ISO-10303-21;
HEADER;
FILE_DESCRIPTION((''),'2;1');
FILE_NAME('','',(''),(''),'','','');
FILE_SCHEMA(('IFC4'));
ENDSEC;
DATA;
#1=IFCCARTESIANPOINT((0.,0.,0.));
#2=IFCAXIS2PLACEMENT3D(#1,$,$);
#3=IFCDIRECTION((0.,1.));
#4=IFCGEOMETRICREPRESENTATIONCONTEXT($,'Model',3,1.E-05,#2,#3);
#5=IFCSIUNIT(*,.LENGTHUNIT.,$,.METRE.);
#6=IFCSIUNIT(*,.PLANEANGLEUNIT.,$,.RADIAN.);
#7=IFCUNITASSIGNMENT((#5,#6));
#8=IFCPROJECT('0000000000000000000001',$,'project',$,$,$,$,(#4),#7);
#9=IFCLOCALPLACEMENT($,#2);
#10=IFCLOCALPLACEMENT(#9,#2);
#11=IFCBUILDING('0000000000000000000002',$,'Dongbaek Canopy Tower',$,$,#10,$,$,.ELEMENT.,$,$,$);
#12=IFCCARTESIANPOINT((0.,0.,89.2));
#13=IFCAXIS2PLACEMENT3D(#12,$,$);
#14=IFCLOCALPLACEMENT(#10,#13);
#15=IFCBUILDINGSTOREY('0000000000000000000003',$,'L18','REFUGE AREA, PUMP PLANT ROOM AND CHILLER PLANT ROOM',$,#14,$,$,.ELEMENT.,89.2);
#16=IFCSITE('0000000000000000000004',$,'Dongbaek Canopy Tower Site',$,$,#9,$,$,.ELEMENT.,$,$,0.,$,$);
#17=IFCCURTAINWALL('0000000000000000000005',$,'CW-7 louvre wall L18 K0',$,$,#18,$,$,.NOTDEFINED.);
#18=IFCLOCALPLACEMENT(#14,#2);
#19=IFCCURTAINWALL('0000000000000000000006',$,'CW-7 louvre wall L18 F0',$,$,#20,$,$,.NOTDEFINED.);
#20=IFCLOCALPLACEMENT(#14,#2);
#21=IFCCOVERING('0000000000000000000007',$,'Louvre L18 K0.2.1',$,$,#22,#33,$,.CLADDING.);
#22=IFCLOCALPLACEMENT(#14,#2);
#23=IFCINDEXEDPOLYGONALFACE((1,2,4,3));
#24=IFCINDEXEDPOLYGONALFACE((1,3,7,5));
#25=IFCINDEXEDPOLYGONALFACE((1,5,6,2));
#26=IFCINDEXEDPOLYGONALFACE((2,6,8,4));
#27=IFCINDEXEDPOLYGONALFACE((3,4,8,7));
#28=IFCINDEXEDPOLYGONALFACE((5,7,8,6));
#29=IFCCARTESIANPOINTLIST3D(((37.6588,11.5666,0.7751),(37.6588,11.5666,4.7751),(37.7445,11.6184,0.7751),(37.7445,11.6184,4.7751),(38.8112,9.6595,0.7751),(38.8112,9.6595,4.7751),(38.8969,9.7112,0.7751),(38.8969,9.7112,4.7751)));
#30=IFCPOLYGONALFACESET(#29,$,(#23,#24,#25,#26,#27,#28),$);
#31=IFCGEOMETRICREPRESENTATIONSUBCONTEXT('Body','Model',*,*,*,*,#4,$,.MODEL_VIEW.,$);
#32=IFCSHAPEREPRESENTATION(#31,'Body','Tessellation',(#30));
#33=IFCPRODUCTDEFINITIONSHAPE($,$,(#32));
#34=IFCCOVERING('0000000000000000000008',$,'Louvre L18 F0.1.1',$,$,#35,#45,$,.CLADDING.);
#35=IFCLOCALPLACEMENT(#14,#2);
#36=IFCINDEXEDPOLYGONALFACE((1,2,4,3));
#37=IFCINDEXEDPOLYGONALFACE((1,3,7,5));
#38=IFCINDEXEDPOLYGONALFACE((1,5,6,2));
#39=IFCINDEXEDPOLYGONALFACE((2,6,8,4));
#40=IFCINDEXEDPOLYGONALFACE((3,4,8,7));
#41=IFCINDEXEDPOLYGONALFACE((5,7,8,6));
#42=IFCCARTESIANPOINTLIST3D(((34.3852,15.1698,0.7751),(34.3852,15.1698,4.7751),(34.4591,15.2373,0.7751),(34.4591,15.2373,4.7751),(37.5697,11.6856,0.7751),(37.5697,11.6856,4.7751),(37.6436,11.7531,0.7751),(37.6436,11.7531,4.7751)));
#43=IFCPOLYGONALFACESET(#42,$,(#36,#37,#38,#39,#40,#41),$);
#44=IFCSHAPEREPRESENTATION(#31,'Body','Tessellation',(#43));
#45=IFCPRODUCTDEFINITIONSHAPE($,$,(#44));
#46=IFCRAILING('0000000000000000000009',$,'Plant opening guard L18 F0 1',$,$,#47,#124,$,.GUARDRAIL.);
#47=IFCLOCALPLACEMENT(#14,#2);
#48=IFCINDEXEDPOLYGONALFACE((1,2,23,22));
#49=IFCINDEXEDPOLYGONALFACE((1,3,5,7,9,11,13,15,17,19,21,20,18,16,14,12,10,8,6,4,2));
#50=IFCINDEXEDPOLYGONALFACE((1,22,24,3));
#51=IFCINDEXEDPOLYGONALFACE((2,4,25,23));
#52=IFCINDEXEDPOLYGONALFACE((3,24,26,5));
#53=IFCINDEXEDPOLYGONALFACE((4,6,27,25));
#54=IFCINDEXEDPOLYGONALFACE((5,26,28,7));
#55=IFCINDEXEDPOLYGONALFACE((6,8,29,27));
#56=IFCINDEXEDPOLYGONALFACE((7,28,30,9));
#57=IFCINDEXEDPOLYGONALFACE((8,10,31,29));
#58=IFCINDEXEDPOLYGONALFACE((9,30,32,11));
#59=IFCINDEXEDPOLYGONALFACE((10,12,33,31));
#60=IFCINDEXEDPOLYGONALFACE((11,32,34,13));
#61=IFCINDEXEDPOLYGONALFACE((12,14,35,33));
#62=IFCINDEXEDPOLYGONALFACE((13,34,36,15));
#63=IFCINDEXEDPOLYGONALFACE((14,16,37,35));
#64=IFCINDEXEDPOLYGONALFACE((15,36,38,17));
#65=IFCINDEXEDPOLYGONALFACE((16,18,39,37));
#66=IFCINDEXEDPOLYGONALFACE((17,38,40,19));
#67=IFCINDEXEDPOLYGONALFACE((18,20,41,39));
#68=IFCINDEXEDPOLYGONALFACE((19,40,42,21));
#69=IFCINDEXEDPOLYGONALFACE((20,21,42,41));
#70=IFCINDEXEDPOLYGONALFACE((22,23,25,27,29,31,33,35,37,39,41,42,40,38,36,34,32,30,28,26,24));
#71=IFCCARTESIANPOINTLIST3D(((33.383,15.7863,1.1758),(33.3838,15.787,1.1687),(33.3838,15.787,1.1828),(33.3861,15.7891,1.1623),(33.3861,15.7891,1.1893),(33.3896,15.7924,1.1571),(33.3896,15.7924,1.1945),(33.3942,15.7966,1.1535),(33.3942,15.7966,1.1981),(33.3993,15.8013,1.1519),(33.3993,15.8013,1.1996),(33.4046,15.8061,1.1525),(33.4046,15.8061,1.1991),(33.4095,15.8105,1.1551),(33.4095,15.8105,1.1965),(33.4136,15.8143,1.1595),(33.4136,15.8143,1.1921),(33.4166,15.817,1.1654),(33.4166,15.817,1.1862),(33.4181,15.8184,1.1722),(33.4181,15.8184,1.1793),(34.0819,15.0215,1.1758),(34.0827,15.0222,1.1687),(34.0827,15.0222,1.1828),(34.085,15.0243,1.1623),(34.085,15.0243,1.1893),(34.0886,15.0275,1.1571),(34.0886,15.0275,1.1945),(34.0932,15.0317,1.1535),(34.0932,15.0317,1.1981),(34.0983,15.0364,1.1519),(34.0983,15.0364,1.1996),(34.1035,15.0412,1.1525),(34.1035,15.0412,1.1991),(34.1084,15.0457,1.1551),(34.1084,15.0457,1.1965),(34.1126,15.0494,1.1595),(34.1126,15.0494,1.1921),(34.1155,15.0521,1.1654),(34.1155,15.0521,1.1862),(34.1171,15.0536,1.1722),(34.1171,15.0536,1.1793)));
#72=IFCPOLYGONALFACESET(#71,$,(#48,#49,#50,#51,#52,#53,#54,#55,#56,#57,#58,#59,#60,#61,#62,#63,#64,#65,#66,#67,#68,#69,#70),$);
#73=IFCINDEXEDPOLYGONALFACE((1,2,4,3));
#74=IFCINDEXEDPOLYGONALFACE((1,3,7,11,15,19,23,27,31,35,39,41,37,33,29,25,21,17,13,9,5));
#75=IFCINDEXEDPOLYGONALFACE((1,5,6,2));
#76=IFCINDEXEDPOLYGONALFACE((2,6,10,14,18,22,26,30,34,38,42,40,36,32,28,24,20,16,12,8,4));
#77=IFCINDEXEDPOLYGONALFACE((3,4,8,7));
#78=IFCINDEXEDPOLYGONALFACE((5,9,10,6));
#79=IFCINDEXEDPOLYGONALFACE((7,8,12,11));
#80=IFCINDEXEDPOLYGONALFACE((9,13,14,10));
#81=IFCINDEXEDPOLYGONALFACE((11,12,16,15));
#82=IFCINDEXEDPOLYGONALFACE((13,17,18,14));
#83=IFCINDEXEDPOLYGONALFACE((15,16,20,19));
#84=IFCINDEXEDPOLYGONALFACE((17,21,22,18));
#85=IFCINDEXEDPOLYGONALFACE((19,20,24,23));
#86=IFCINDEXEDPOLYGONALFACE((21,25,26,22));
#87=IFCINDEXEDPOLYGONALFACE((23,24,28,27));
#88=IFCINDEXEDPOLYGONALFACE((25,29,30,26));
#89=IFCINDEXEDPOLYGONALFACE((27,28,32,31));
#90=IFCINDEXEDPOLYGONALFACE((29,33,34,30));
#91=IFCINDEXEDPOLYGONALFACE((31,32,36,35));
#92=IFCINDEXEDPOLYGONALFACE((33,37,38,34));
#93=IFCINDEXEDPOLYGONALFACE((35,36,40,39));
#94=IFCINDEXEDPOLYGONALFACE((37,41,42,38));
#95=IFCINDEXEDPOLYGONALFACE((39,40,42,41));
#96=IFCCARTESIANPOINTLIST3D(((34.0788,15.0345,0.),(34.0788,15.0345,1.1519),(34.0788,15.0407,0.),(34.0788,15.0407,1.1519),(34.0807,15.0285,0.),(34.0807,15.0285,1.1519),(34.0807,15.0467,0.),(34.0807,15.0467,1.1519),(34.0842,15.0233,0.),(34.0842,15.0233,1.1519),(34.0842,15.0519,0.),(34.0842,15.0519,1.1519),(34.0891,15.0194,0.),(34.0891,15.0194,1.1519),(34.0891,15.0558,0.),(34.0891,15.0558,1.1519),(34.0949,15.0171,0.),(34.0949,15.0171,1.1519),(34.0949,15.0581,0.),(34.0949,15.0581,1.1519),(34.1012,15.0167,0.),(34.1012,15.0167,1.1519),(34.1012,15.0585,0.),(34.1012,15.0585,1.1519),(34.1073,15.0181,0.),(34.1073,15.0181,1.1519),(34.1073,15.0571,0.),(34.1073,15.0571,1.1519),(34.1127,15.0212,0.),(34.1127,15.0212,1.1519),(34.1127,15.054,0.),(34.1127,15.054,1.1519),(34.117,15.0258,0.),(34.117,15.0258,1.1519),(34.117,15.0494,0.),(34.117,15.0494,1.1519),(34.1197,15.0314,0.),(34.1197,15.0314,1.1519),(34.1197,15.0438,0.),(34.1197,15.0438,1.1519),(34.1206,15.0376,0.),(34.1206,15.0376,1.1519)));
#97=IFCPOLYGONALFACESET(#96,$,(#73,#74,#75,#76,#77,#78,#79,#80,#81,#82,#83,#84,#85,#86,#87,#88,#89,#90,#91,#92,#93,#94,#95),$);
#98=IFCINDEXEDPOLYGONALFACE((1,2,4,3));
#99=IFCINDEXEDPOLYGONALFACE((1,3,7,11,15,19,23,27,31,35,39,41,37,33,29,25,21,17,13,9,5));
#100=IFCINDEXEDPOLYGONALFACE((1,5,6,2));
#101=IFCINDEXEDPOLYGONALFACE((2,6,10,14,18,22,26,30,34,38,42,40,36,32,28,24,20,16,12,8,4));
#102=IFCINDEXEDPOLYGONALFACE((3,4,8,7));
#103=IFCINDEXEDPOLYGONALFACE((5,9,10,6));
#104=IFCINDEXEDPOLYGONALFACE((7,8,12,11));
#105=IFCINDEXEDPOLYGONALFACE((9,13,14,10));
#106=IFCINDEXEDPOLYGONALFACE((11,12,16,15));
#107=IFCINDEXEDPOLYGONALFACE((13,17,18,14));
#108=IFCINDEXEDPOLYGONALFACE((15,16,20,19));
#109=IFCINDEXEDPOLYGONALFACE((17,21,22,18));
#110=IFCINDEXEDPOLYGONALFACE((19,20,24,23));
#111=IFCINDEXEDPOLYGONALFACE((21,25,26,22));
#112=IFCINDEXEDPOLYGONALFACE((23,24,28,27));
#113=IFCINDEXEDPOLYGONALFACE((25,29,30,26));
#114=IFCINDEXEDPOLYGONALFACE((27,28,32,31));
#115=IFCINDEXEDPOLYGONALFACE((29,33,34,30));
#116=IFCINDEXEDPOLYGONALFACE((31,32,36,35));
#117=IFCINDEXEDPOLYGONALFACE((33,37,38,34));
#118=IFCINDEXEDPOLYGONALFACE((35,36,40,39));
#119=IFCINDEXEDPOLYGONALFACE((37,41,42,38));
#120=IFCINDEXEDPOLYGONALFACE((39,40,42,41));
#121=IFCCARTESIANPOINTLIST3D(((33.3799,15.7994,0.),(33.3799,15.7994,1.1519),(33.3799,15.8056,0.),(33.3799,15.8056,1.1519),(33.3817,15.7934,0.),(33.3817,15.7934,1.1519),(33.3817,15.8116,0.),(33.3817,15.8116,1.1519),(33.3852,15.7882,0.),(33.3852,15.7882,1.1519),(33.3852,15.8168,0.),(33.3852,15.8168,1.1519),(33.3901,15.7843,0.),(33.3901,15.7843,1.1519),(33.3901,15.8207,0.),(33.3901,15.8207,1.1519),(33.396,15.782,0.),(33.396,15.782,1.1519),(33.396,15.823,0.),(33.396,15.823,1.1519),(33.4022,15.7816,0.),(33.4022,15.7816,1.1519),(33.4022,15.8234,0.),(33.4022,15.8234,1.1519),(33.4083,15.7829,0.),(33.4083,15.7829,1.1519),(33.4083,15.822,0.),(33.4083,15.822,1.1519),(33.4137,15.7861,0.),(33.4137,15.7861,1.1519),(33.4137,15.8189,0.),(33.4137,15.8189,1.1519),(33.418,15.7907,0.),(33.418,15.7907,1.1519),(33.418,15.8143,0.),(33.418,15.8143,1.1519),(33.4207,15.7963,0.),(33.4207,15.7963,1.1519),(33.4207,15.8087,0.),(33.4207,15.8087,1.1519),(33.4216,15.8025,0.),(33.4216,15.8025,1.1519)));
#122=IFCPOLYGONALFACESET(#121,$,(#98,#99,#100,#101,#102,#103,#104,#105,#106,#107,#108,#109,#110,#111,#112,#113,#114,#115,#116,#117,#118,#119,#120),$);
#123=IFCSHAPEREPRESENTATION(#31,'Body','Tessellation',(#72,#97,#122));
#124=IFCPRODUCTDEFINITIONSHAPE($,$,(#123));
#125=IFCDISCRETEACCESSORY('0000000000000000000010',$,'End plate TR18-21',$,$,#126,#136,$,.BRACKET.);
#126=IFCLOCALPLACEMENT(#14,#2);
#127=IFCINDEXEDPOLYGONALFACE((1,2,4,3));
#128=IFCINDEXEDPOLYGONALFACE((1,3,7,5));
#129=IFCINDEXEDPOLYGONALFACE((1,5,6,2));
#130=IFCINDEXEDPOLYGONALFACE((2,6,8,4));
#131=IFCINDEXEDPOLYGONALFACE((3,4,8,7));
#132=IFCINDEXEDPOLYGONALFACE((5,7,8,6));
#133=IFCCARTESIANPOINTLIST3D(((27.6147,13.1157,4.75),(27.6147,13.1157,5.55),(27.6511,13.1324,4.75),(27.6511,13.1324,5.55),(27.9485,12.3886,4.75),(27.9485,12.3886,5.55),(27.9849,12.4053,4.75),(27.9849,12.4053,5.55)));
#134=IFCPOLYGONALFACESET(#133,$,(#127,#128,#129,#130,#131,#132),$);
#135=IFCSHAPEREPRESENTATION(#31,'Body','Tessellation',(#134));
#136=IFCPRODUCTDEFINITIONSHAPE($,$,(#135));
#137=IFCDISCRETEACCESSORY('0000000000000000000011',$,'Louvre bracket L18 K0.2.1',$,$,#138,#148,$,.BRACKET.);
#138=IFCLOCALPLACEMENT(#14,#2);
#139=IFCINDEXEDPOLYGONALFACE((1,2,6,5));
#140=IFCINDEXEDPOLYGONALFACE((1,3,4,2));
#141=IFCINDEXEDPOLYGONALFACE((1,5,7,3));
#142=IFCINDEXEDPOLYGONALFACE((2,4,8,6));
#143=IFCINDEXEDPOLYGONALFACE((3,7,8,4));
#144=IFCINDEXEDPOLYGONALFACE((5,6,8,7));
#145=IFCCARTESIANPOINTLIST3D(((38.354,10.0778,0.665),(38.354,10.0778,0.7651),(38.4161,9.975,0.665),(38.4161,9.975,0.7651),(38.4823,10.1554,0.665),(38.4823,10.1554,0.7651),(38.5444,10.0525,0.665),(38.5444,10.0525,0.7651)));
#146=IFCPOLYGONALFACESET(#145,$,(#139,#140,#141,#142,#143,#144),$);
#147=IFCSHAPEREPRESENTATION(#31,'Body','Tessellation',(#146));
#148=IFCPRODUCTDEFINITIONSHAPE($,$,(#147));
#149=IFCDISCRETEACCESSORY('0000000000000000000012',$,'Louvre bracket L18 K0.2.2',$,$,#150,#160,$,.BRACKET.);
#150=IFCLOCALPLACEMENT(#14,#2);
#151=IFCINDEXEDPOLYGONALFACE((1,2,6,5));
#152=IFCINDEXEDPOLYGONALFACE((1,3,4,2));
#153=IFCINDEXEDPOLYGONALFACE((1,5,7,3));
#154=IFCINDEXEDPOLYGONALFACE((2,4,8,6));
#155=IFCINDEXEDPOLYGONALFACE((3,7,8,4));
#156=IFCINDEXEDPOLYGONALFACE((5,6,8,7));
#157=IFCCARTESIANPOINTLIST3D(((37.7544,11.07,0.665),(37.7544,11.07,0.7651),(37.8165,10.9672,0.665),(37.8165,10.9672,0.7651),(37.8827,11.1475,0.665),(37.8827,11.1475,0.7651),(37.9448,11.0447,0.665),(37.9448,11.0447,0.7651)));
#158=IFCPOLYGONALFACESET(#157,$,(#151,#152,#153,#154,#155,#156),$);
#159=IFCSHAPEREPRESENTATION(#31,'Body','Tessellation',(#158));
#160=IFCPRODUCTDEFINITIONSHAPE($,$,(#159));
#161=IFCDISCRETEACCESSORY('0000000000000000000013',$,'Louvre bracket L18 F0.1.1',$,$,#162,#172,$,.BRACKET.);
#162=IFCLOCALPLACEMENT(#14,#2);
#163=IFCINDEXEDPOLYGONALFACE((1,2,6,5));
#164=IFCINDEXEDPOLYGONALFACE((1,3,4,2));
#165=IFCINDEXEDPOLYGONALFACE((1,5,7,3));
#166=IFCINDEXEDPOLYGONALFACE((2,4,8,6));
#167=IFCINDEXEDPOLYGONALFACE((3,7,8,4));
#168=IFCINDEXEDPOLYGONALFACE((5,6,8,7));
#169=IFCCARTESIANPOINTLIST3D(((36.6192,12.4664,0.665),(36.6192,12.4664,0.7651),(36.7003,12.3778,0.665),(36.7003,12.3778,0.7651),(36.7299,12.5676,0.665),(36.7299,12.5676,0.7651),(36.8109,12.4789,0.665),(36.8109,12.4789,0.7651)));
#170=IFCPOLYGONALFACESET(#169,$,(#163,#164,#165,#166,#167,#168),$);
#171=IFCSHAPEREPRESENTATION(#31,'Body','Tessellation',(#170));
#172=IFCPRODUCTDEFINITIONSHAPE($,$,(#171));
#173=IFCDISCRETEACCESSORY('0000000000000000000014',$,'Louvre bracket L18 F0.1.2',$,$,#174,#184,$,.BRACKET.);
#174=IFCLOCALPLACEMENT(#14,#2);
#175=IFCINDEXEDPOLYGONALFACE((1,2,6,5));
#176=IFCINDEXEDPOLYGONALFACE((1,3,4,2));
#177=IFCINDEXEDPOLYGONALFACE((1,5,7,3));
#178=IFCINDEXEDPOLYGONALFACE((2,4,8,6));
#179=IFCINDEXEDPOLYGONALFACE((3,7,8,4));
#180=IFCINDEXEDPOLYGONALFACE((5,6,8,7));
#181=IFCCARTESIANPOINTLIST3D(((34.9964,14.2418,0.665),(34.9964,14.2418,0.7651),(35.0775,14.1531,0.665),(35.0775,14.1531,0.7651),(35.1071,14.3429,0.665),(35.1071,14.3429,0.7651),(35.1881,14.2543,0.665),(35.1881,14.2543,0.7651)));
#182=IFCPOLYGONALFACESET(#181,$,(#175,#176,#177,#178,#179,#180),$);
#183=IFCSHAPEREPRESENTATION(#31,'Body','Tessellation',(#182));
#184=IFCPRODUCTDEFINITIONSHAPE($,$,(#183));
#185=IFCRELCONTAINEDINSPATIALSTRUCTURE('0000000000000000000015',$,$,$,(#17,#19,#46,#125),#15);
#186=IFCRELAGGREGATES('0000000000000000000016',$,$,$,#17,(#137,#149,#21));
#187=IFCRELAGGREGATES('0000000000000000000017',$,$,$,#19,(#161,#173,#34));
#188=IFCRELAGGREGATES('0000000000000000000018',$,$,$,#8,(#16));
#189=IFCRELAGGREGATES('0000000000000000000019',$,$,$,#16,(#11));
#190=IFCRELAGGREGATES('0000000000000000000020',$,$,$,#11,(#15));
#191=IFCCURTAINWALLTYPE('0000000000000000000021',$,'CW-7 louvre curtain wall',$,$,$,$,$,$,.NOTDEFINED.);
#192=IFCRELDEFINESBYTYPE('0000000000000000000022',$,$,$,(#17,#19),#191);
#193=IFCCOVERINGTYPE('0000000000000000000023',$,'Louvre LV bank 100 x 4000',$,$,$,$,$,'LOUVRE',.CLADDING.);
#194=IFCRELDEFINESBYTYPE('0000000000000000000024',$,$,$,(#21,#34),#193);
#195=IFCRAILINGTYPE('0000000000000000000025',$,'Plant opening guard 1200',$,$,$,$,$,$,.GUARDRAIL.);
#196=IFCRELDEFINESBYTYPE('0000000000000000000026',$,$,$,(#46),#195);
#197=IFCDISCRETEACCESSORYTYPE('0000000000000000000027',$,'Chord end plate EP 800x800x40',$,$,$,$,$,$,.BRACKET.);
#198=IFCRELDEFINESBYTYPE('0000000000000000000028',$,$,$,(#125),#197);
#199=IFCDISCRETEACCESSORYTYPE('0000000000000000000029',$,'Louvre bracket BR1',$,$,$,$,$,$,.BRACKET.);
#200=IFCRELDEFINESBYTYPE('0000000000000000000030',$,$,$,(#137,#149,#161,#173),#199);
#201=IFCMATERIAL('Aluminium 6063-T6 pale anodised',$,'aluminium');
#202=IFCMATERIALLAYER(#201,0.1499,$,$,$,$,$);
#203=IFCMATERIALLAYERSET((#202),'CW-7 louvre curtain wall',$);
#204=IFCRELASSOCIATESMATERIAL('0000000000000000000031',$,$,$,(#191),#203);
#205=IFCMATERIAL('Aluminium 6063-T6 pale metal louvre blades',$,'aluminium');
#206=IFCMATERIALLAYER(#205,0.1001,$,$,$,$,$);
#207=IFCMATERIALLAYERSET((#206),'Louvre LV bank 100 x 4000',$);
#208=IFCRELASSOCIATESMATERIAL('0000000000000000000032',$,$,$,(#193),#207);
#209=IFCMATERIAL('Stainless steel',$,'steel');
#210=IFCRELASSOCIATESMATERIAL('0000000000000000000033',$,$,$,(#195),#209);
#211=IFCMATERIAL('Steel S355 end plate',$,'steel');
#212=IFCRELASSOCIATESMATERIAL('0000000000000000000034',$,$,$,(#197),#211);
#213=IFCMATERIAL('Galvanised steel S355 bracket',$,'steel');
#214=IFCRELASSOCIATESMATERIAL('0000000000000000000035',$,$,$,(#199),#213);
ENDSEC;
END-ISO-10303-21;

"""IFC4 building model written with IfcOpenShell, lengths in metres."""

from ifc_helpers import new_model, si_unit, direction, frame, origin, origin_2d, place, context, subcontext, project, spatial, rectangle, circle, extrude, material, layer, layer_set, type_object, element, aggregate, save


model = new_model("IFC4")

# Units and contexts
model_context = context("Model", 3, precision=1e-05, world=origin(), true_north=direction((0.0, 1.0)))
body_context = subcontext(model_context, "Body", "Model", "MODEL_VIEW")
ifc_project = project(units=[si_unit("LENGTHUNIT", "METRE"), si_unit("PLANEANGLEUNIT", "RADIAN")], contexts=[model_context])

# Site, building, storey
site_placement = place(None, origin())
site = spatial("IfcSite", under=ifc_project, at=site_placement, Name="Dongbaek Canopy Tower Site", CompositionType="ELEMENT", RefElevation=0.0)
building_placement = place(site_placement, origin())
building = spatial("IfcBuilding", under=site, at=building_placement, Name="Dongbaek Canopy Tower", CompositionType="ELEMENT")
storey_placement = place(building_placement, frame((0.0, 0.0, 89.2)))
storey = spatial("IfcBuildingStorey", under=building, at=storey_placement, Name="L18", Description="REFUGE AREA, PUMP PLANT ROOM AND CHILLER PLANT ROOM", CompositionType="ELEMENT", Elevation=89.2)

# Curtain walls
ifc_material_1 = material(Name="Aluminium 6063-T6 pale anodised", Category="aluminium")
ifc_layer_1 = layer(ifc_material_1, 0.1499)
ifc_layer_set_1 = layer_set([ifc_layer_1], Name="CW-7 louvre curtain wall")
curtain_wall_type = type_object("IfcCurtainWallType", Name="CW-7 louvre curtain wall", PredefinedType="NOTDEFINED", material=ifc_layer_set_1)
curtain_wall_1_placement = place(storey_placement, origin())
curtain_wall_1 = element("IfcCurtainWall", 1, at=curtain_wall_1_placement, inside=storey, type_object=curtain_wall_type, Name="CW-7 louvre wall L18 K0", PredefinedType="NOTDEFINED")
curtain_wall_2_placement = place(storey_placement, origin())
curtain_wall_2 = element("IfcCurtainWall", 2, at=curtain_wall_2_placement, inside=storey, type_object=curtain_wall_type, Name="CW-7 louvre wall L18 F0", PredefinedType="NOTDEFINED")

# Coverings
ifc_material_2 = material(Name="Aluminium 6063-T6 pale metal louvre blades", Category="aluminium")
ifc_layer_2 = layer(ifc_material_2, 0.1001)
ifc_layer_set_2 = layer_set([ifc_layer_2], Name="Louvre LV bank 100 x 4000")
covering_type = type_object("IfcCoveringType", Name="Louvre LV bank 100 x 4000", ElementType="LOUVRE", PredefinedType="CLADDING", material=ifc_layer_set_2)
covering_1_placement = place(storey_placement, frame((38.2778, 10.6389, 0.7751), z_axis=(0.0, 0.0, 1.0), x_axis=(-0.517165, 0.855886, 0.0)))
covering_1 = element("IfcCovering", 3, at=covering_1_placement, type_object=covering_type, Name="Louvre L18 K0.2.1", PredefinedType="CLADDING", context=body_context, shape_type="SweptSolid", body=[
    extrude(rectangle(XDim=2.2283, YDim=0.1001, at=origin_2d()), origin(), (0.0, 0.0, 1.0), 4.0),
])
covering_2_placement = place(storey_placement, frame((36.0144, 13.4614, 0.7751), z_axis=(0.0, 0.0, 1.0), x_axis=(-0.674647, 0.738141, 0.0)))
covering_2 = element("IfcCovering", 4, at=covering_2_placement, type_object=covering_type, Name="Louvre L18 F0.1.1", PredefinedType="CLADDING", context=body_context, shape_type="SweptSolid", body=[
    extrude(rectangle(XDim=4.7202, YDim=0.1001, at=origin_2d()), origin(), (0.0, 0.0, 1.0), 4.0),
])

# Railing
ifc_material_3 = material(Name="Stainless steel", Category="steel")
railing_type = type_object("IfcRailingType", Name="Plant opening guard 1200", PredefinedType="GUARDRAIL", material=ifc_material_3)
railing_placement = place(storey_placement, frame((34.0996, 15.0376, 0.0)))
element("IfcRailing", 5, at=railing_placement, inside=storey, type_object=railing_type, Name="Plant opening guard L18 F0 1", PredefinedType="GUARDRAIL", context=body_context, shape_type="SweptSolid", body=[
    extrude(circle(Radius=0.0239, at=origin_2d()), frame((0.0, 0.0, 1.1758), z_axis=(-0.674582, 0.7382, 0.0), x_axis=(-0.7382, -0.674582, 0.0)), (0.0, 0.0, 1.0), 1.0361),
    extrude(circle(Radius=0.021, at=origin_2d()), origin(), (0.0, 0.0, 1.0), 1.1519),
    extrude(circle(Radius=0.021, at=origin_2d()), frame((-0.699, 0.7649, 0.0)), (0.0, 0.0, 1.0), 1.1519),
])

# Discrete accessories
ifc_material_4 = material(Name="Steel S355 end plate", Category="steel")
discrete_accessory_type_1 = type_object("IfcDiscreteAccessoryType", Name="Chord end plate EP 800x800x40", PredefinedType="BRACKET", material=ifc_material_4)
discrete_accessory_1_placement = place(storey_placement, frame((27.7998, 12.7605, 4.75), z_axis=(0.0, 0.0, 1.0), x_axis=(0.90883, 0.417166, 0.0)))
element("IfcDiscreteAccessory", 6, at=discrete_accessory_1_placement, inside=storey, type_object=discrete_accessory_type_1, Name="End plate TR18-21", PredefinedType="BRACKET", context=body_context, shape_type="SweptSolid", body=[
    extrude(rectangle(XDim=0.04, YDim=0.8, at=origin_2d()), origin(), (0.0, 0.0, 1.0), 0.8),
])
ifc_material_5 = material(Name="Galvanised steel S355 bracket", Category="steel")
discrete_accessory_type_2 = type_object("IfcDiscreteAccessoryType", Name="Louvre bracket BR1", PredefinedType="BRACKET", material=ifc_material_5)
discrete_accessory_2_placement = place(storey_placement, frame((38.4492, 10.0652, 0.665), z_axis=(0.0, 0.0, 1.0), x_axis=(-0.517165, 0.855886, 0.0)))
discrete_accessory_2 = element("IfcDiscreteAccessory", 7, at=discrete_accessory_2_placement, type_object=discrete_accessory_type_2, Name="Louvre bracket L18 K0.2.1", PredefinedType="BRACKET", context=body_context, shape_type="SweptSolid", body=[
    extrude(rectangle(XDim=0.1201, YDim=0.1499, at=origin_2d()), origin(), (0.0, 0.0, 1.0), 0.1001),
])
discrete_accessory_3_placement = place(storey_placement, frame((37.8496, 11.0574, 0.665), z_axis=(0.0, 0.0, 1.0), x_axis=(-0.517165, 0.855886, 0.0)))
discrete_accessory_3 = element("IfcDiscreteAccessory", 8, at=discrete_accessory_3_placement, type_object=discrete_accessory_type_2, Name="Louvre bracket L18 K0.2.2", PredefinedType="BRACKET", context=body_context, shape_type="SweptSolid", body=[
    extrude(rectangle(XDim=0.1201, YDim=0.1499, at=origin_2d()), origin(), (0.0, 0.0, 1.0), 0.1001),
])
aggregate(curtain_wall_1, [discrete_accessory_2, discrete_accessory_3, covering_1])
discrete_accessory_4_placement = place(storey_placement, frame((36.7151, 12.4727, 0.665), z_axis=(0.0, 0.0, 1.0), x_axis=(-0.674647, 0.738141, 0.0)))
discrete_accessory_4 = element("IfcDiscreteAccessory", 9, at=discrete_accessory_4_placement, type_object=discrete_accessory_type_2, Name="Louvre bracket L18 F0.1.1", PredefinedType="BRACKET", context=body_context, shape_type="SweptSolid", body=[
    extrude(rectangle(XDim=0.1201, YDim=0.1499, at=origin_2d()), origin(), (0.0, 0.0, 1.0), 0.1001),
])
discrete_accessory_5_placement = place(storey_placement, frame((35.0923, 14.248, 0.665), z_axis=(0.0, 0.0, 1.0), x_axis=(-0.674647, 0.738141, 0.0)))
discrete_accessory_5 = element("IfcDiscreteAccessory", 10, at=discrete_accessory_5_placement, type_object=discrete_accessory_type_2, Name="Louvre bracket L18 F0.1.2", PredefinedType="BRACKET", context=body_context, shape_type="SweptSolid", body=[
    extrude(rectangle(XDim=0.1201, YDim=0.1499, at=origin_2d()), origin(), (0.0, 0.0, 1.0), 0.1001),
])
aggregate(curtain_wall_2, [discrete_accessory_4, discrete_accessory_5, covering_2])

save(model, "model.ifc")
